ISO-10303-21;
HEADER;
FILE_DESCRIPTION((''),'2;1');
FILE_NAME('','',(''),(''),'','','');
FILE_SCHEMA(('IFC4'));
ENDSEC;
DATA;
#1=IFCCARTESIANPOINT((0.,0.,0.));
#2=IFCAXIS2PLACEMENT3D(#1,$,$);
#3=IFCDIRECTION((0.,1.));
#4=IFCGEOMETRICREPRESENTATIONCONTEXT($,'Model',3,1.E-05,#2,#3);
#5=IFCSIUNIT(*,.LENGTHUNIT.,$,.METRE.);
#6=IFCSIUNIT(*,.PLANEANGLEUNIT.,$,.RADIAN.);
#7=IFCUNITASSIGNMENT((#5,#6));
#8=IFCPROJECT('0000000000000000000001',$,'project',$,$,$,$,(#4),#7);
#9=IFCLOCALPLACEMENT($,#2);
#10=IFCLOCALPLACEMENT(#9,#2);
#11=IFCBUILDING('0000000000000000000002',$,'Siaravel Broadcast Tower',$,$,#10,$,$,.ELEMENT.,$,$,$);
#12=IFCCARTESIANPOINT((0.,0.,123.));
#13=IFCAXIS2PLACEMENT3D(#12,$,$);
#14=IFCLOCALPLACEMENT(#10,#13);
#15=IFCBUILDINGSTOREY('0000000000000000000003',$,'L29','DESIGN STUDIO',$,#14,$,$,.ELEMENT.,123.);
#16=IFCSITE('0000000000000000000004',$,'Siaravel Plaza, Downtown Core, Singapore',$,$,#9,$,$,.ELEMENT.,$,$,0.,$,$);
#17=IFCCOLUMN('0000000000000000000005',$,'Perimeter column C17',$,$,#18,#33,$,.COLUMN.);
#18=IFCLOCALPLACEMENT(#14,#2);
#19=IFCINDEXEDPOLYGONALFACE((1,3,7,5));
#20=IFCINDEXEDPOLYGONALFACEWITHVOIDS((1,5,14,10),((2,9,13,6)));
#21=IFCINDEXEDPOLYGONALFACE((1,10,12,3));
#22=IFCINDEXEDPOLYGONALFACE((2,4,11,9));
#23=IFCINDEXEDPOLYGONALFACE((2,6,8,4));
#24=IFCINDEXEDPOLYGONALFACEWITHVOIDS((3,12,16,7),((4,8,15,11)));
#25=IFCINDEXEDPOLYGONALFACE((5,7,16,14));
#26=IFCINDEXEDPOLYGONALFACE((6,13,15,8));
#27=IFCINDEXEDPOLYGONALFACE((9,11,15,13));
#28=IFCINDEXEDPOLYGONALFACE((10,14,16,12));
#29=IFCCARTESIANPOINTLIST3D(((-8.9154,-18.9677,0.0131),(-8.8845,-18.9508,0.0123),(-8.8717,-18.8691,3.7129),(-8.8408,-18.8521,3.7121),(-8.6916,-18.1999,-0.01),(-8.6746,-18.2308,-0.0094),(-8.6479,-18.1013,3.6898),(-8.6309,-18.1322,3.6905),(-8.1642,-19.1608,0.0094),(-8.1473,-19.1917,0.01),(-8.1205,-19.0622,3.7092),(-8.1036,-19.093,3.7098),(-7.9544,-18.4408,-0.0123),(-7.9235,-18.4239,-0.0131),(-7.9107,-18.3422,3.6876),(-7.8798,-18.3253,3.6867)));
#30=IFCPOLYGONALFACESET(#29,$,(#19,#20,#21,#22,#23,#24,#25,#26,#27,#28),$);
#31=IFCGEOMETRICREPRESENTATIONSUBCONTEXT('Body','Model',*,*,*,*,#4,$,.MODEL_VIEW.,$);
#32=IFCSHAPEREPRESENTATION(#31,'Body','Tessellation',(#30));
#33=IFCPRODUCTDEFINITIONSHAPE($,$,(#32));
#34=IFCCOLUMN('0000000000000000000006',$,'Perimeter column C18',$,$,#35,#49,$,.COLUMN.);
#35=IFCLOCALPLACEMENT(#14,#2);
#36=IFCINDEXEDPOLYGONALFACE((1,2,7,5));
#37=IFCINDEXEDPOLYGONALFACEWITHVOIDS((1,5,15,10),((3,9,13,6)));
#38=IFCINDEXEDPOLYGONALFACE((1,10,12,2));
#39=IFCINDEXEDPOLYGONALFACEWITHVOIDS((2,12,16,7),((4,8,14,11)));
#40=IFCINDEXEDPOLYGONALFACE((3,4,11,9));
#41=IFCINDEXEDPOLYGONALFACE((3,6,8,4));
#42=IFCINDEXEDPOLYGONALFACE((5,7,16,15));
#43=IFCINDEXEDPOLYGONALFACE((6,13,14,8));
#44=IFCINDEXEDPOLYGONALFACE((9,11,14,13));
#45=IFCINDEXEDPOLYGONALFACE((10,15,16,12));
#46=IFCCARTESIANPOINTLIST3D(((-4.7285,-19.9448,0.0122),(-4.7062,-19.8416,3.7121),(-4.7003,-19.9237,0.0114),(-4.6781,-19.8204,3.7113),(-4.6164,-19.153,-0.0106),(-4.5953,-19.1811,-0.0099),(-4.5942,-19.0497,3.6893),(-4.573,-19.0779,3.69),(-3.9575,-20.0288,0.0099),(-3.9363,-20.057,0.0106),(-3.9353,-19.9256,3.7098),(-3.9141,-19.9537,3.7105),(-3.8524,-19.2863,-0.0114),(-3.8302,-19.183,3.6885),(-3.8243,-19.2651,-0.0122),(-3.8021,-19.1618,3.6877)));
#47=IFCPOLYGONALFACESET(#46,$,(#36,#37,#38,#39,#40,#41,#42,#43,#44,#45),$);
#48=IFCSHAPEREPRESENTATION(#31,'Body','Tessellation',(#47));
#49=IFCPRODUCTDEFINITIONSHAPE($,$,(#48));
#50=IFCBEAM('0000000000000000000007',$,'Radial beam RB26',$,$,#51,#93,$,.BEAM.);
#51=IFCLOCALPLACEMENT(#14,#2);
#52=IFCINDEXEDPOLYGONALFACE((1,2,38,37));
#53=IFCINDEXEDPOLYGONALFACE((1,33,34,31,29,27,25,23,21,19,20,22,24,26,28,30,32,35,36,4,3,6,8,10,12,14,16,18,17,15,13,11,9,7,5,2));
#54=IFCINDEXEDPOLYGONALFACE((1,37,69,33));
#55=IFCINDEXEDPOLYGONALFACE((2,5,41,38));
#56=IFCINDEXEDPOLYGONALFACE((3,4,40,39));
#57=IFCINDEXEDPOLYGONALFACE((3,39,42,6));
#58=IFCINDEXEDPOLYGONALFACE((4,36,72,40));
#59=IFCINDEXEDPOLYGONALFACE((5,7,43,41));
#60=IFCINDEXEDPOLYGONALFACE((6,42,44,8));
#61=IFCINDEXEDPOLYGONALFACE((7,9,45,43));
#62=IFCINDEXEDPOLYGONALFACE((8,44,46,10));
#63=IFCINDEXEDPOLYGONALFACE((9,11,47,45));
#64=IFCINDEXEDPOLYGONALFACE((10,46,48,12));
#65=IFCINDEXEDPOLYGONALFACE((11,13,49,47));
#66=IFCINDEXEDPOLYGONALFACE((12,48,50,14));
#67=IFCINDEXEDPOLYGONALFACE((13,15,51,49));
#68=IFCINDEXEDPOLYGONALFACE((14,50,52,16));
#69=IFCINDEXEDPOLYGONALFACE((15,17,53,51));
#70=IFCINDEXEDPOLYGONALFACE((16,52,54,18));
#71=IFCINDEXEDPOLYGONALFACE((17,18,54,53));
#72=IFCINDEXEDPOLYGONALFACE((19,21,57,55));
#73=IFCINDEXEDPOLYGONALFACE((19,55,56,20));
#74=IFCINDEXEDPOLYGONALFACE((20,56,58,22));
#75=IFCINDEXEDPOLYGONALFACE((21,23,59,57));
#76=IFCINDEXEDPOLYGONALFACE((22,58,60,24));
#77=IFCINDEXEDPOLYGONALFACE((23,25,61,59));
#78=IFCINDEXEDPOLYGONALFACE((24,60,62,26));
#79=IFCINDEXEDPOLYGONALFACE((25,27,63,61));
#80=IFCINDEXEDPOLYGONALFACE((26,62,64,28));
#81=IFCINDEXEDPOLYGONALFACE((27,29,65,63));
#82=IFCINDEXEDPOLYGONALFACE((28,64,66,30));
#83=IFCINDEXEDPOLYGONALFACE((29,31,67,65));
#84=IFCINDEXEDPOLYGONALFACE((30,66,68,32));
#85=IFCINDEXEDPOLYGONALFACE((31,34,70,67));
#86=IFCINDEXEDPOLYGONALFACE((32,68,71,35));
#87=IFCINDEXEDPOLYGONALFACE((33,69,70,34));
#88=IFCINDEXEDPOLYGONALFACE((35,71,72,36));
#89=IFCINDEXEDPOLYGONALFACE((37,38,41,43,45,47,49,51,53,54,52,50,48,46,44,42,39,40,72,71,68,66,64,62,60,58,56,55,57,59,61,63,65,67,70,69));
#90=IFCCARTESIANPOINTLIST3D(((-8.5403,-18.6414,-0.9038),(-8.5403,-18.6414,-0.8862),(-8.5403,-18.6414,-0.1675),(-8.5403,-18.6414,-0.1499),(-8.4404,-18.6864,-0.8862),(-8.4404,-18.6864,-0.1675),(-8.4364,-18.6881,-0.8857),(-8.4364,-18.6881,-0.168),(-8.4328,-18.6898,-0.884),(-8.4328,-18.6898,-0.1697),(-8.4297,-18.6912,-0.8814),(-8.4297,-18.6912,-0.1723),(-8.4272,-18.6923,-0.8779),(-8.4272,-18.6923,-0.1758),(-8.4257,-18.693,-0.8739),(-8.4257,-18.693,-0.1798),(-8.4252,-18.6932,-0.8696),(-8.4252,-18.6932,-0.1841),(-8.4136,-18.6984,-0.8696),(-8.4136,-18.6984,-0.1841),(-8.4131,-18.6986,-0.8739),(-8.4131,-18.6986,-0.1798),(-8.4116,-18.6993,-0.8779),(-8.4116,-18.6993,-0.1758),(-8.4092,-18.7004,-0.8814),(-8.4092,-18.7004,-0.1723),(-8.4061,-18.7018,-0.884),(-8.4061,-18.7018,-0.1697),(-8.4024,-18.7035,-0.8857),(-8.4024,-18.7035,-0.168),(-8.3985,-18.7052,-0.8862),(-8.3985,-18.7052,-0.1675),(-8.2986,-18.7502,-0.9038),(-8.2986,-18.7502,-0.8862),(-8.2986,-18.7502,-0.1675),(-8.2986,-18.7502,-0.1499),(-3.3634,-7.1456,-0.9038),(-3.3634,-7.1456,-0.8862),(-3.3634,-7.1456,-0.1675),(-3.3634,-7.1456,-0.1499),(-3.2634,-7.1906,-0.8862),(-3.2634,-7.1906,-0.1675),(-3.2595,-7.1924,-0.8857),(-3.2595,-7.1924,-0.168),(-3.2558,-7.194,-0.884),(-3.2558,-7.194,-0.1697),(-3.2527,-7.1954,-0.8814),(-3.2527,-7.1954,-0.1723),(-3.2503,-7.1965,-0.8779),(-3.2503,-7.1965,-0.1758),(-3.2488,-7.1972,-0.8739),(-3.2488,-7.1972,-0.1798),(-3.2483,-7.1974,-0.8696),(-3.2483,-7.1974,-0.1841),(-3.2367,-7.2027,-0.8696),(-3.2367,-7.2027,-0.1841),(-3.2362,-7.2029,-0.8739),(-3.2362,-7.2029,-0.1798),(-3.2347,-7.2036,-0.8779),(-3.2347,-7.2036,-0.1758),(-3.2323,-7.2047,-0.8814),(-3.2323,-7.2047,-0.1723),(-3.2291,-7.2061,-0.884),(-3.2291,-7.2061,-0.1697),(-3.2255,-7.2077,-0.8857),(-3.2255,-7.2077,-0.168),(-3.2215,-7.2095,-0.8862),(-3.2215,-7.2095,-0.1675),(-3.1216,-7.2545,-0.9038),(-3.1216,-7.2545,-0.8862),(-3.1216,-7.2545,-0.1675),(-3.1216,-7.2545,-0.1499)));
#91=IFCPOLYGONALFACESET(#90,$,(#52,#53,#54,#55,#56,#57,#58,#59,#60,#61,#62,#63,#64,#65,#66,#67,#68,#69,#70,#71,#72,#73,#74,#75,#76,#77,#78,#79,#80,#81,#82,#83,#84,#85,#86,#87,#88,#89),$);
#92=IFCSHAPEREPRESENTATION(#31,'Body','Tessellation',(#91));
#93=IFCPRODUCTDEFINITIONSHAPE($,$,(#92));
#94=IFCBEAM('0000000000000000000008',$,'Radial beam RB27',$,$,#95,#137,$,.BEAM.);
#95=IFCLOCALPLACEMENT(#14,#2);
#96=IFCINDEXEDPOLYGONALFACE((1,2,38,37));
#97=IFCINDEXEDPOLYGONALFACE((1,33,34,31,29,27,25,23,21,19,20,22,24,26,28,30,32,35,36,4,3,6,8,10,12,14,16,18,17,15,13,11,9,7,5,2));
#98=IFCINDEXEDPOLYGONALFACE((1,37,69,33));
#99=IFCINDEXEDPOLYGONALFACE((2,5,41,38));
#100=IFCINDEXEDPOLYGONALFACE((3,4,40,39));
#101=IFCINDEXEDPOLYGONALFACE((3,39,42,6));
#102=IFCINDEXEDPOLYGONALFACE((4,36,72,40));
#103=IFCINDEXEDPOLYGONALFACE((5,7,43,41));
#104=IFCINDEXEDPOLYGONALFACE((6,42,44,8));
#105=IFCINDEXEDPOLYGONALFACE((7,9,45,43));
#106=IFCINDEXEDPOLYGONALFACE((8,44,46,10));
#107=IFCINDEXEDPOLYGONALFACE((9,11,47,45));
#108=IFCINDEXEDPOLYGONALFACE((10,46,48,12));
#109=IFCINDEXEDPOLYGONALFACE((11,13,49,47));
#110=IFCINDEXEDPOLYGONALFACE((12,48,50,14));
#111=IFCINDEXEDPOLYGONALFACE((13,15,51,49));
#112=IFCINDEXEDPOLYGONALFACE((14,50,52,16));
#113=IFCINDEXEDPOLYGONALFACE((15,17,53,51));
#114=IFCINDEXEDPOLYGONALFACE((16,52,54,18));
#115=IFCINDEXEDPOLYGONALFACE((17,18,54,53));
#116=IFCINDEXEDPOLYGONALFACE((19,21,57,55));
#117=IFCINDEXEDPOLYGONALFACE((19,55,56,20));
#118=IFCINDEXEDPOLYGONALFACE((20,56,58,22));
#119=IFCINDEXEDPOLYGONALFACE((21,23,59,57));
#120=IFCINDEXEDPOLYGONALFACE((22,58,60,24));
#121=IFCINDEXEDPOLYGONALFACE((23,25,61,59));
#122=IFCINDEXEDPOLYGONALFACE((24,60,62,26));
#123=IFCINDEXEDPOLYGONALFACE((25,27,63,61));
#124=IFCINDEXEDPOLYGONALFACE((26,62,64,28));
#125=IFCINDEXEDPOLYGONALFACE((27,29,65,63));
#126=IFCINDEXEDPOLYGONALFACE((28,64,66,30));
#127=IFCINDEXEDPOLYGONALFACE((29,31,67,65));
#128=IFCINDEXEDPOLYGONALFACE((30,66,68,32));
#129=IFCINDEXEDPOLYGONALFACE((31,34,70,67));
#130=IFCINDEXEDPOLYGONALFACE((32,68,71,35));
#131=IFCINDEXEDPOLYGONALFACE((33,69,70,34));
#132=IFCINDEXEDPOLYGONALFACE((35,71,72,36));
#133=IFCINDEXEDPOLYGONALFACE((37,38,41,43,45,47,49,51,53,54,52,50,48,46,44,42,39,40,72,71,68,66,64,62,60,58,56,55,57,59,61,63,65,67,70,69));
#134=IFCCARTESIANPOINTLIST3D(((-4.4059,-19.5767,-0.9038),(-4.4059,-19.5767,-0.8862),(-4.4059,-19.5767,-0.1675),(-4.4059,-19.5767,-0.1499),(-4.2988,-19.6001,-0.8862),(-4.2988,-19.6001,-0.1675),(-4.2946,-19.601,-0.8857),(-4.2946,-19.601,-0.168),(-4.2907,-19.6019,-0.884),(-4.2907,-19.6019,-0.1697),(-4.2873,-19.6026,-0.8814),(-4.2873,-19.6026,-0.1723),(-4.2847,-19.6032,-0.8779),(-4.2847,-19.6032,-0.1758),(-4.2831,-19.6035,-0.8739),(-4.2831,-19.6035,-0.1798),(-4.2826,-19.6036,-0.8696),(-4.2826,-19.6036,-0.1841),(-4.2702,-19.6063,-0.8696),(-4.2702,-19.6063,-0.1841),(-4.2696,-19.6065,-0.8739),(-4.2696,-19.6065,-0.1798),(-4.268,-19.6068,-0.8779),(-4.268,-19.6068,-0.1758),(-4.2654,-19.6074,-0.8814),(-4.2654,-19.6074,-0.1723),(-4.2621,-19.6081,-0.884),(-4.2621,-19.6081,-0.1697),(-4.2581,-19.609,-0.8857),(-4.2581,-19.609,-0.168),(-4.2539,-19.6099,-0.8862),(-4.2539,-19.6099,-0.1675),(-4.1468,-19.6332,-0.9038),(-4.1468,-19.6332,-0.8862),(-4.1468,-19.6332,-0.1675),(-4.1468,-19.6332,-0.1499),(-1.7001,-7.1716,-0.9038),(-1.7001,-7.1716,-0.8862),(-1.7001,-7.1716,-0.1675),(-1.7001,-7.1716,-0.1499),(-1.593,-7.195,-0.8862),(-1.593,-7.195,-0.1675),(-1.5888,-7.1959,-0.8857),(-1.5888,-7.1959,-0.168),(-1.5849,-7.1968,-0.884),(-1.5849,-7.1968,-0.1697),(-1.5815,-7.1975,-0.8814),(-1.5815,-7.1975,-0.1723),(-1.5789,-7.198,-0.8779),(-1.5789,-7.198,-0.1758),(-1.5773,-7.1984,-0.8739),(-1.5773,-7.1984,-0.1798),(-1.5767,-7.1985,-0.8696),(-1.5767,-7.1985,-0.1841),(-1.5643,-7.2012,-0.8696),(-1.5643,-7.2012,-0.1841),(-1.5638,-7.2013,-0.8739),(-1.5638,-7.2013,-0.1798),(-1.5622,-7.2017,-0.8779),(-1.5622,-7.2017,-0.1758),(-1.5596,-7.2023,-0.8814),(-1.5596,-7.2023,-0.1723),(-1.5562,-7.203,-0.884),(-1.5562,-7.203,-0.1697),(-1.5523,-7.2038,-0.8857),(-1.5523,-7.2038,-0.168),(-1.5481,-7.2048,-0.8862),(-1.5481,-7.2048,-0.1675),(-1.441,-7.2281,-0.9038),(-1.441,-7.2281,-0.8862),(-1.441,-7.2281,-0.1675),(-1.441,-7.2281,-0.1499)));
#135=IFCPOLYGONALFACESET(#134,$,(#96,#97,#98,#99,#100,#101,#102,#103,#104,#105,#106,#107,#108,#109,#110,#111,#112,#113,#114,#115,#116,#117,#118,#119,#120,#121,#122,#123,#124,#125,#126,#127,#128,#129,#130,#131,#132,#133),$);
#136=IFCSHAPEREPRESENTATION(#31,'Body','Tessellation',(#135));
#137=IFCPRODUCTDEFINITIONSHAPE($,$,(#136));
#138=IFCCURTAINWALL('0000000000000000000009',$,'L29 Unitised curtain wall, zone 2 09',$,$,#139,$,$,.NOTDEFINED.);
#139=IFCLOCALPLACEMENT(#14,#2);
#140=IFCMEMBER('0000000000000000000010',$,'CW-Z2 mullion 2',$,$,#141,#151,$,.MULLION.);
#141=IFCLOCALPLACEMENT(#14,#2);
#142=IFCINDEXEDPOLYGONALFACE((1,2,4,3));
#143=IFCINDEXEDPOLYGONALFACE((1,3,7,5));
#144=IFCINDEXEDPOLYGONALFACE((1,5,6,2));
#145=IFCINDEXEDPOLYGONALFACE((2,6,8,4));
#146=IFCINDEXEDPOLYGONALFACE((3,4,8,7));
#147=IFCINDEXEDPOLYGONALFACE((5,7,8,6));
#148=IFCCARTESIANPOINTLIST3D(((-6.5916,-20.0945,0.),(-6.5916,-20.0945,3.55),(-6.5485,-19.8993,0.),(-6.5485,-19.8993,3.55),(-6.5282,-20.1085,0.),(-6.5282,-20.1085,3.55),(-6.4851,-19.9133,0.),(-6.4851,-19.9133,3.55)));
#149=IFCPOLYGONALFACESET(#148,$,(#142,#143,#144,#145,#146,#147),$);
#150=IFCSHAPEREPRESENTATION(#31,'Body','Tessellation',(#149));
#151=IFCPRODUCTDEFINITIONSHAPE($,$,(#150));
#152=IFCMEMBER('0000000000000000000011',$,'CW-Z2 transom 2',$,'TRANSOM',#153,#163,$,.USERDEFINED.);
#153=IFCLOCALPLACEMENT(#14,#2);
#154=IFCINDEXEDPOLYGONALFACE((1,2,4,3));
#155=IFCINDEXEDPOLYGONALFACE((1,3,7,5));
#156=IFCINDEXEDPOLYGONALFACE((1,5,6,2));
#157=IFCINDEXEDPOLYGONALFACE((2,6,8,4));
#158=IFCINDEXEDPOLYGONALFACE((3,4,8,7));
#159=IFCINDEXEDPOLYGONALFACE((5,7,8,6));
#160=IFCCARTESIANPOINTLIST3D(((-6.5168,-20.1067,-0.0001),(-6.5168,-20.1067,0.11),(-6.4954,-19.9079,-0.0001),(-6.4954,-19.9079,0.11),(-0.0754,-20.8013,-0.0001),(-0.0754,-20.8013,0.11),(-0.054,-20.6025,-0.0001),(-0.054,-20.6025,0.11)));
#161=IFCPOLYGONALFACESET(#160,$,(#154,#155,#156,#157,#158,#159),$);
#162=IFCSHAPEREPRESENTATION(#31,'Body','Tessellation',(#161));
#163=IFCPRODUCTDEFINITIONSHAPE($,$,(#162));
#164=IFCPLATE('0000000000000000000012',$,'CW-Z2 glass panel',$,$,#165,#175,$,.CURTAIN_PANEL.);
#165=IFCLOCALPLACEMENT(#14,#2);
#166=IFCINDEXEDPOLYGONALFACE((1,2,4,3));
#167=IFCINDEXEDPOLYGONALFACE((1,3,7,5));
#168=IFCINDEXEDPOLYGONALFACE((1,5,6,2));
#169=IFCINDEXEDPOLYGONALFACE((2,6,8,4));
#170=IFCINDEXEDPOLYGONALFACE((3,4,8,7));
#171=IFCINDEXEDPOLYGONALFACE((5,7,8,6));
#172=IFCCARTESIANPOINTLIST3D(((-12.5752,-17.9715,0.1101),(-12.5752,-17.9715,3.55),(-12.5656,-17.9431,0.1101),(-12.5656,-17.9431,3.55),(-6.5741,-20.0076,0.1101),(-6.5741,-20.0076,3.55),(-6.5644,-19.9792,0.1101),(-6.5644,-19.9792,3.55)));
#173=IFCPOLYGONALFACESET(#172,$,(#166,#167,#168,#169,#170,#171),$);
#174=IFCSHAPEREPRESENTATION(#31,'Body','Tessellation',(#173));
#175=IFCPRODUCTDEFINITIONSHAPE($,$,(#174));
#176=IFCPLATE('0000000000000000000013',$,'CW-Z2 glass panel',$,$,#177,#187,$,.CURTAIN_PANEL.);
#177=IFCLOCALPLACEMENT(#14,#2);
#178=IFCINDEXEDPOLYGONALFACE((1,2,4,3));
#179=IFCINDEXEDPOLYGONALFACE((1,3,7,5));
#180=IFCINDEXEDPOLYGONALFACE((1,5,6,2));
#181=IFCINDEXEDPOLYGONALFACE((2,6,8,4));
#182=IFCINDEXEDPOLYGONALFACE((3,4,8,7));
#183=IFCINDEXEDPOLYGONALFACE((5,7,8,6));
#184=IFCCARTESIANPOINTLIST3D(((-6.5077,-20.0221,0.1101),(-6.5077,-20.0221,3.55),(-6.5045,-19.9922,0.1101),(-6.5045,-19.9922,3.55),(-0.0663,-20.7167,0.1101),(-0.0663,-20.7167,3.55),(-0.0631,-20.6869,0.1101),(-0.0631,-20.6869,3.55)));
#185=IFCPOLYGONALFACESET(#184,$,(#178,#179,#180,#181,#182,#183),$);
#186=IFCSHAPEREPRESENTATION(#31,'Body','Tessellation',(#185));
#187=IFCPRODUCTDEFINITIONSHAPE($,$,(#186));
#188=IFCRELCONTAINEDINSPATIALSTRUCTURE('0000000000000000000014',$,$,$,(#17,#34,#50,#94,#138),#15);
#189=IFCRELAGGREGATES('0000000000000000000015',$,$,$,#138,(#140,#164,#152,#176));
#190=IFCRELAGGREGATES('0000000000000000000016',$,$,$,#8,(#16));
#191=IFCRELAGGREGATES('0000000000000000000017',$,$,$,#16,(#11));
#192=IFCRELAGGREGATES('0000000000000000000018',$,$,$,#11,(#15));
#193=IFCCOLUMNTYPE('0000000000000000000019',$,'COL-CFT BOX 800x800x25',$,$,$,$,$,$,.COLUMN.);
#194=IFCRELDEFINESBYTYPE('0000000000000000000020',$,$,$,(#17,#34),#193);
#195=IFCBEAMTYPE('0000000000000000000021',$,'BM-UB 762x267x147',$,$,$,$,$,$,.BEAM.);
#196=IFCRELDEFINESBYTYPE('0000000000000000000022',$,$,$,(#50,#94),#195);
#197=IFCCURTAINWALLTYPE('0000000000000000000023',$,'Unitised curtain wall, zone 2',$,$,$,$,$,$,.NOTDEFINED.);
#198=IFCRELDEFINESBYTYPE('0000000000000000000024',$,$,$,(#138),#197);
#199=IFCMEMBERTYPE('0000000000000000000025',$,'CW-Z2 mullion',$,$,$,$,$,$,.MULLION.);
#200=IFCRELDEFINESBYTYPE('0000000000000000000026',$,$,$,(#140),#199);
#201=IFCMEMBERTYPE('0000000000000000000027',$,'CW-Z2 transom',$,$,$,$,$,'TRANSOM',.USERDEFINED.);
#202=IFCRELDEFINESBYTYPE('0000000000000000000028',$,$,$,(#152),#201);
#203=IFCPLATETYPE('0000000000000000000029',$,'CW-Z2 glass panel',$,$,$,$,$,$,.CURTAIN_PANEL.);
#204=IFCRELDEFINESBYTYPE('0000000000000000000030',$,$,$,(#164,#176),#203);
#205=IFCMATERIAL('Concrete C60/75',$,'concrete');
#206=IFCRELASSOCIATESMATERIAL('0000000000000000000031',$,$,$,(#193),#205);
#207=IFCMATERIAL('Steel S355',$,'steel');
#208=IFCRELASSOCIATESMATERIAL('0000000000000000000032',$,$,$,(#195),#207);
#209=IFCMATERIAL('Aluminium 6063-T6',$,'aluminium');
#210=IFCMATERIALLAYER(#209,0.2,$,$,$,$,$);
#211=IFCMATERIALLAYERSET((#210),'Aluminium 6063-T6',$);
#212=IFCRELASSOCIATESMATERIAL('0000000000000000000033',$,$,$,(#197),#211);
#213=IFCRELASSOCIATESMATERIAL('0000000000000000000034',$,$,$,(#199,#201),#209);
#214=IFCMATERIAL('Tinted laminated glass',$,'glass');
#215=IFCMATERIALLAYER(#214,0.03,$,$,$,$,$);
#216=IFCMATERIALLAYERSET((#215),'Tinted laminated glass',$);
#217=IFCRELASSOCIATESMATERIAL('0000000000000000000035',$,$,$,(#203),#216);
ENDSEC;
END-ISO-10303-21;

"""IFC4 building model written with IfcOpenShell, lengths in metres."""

from ifc_helpers import new_model, si_unit, direction, frame, origin, origin_2d, place, context, subcontext, project, spatial, rectangle, hollow_rectangle, i_section, extrude, material, layer, layer_set, material_profile, profile_set, type_object, element, aggregate, save


model = new_model("IFC4")

# Units and contexts
model_context = context("Model", 3, precision=1e-05, world=origin(), true_north=direction((0.0, 1.0)))
body_context = subcontext(model_context, "Body", "Model", "MODEL_VIEW")
ifc_project = project(units=[si_unit("LENGTHUNIT", "METRE"), si_unit("PLANEANGLEUNIT", "RADIAN")], contexts=[model_context])

# Site, building, storey
site_placement = place(None, origin())
site = spatial("IfcSite", under=ifc_project, at=site_placement, Name="Siaravel Plaza, Downtown Core, Singapore", CompositionType="ELEMENT", RefElevation=0.0)
building_placement = place(site_placement, origin())
building = spatial("IfcBuilding", under=site, at=building_placement, Name="Siaravel Broadcast Tower", CompositionType="ELEMENT")
storey_placement = place(building_placement, frame((0.0, 0.0, 123.0)))
storey = spatial("IfcBuildingStorey", under=building, at=storey_placement, Name="L29", Description="DESIGN STUDIO", CompositionType="ELEMENT", Elevation=123.0)

# Columns
ifc_material_1 = material(Name="Concrete C60/75", Category="concrete")
ifc_material_profile_1 = material_profile(ifc_material_1, hollow_rectangle(XDim=0.8, YDim=0.8, WallThickness=0.0249, at=origin_2d()))
ifc_profile_set_1 = profile_set([ifc_material_profile_1], Name="Concrete C60/75")
column_type = type_object("IfcColumnType", Name="COL-CFT BOX 800x800x25", PredefinedType="COLUMN", material=ifc_profile_set_1)
for number, where, z_axis, x_axis, name in (
    (1, (-8.4194, -18.6958, 0.0), (0.011806, 0.026647, 0.999575), (-0.960009, 0.279942, 0.003876), "Perimeter column C17"),
    (2, (-4.2764, -19.605, 0.0), (0.006002, 0.0279, 0.999593), (-0.99013, 0.140135, 0.002034), "Perimeter column C18"),
):
    element("IfcColumn", number, at=place(storey_placement, frame(where, z_axis=z_axis, x_axis=x_axis)), inside=storey, type_object=column_type, Name=name, PredefinedType="COLUMN", context=body_context, shape_type="SweptSolid", body=[
        extrude(hollow_rectangle(XDim=0.8, YDim=0.8, WallThickness=0.0249, at=origin_2d()), origin(), (0.0, 0.0, 1.0), 3.7014),
    ])

# Beams
ifc_material_2 = material(Name="Steel S355", Category="steel")
ifc_material_profile_2 = material_profile(ifc_material_2, i_section(OverallWidth=0.2651, OverallDepth=0.7539, WebThickness=0.0127, FlangeThickness=0.0176, FilletRadius=0.0166, at=origin_2d()))
ifc_profile_set_2 = profile_set([ifc_material_profile_2], Name="Steel S355")
beam_type = type_object("IfcBeamType", Name="BM-UB 762x267x147", PredefinedType="BEAM", material=ifc_profile_set_2)
beam_1_placement = place(storey_placement, frame((-8.4194, -18.6958, -0.5269), z_axis=(0.41062, 0.911807, 0.0), x_axis=(-0.911807, 0.41062, 0.0)))
element("IfcBeam", 3, at=beam_1_placement, inside=storey, type_object=beam_type, Name="Radial beam RB26", PredefinedType="BEAM", context=body_context, shape_type="SweptSolid", body=[
    extrude(i_section(OverallWidth=0.2651, OverallDepth=0.7539, WebThickness=0.0127, FlangeThickness=0.0176, FilletRadius=0.0166, at=origin_2d()), origin(), (0.0, 0.0, 1.0), 12.6077),
])
beam_2_placement = place(storey_placement, frame((-4.2764, -19.605, -0.5269), z_axis=(0.213111, 0.977028, 0.0), x_axis=(-0.977028, 0.213111, 0.0)))
element("IfcBeam", 4, at=beam_2_placement, inside=storey, type_object=beam_type, Name="Radial beam RB27", PredefinedType="BEAM", context=body_context, shape_type="SweptSolid", body=[
    extrude(i_section(OverallWidth=0.2651, OverallDepth=0.7539, WebThickness=0.0127, FlangeThickness=0.0176, FilletRadius=0.0166, at=origin_2d()), origin(), (0.0, 0.0, 1.0), 12.6968),
])

# Curtain wall, members, plates
ifc_material_3 = material(Name="Aluminium 6063-T6", Category="aluminium")
ifc_layer_1 = layer(ifc_material_3, 0.2)
ifc_layer_set_1 = layer_set([ifc_layer_1], Name="Aluminium 6063-T6")
curtain_wall_type = type_object("IfcCurtainWallType", Name="Unitised curtain wall, zone 2", PredefinedType="NOTDEFINED", material=ifc_layer_set_1)
curtain_wall_placement = place(storey_placement, origin())
curtain_wall = element("IfcCurtainWall", 5, at=curtain_wall_placement, inside=storey, type_object=curtain_wall_type, Name="L29 Unitised curtain wall, zone 2 09", PredefinedType="NOTDEFINED")
ifc_material_profile_3 = material_profile(ifc_material_3, rectangle(XDim=0.2, YDim=0.0649, at=origin_2d()))
ifc_profile_set_3 = profile_set([ifc_material_profile_3], Name="Aluminium 6063-T6")
member_type_1 = type_object("IfcMemberType", Name="CW-Z2 mullion", PredefinedType="MULLION", material=ifc_profile_set_3)
member_1_placement = place(storey_placement, frame((-6.5383, -20.0039, 0.0), z_axis=(0.0, 0.0, 1.0), x_axis=(0.215558, 0.976491, 0.0)))
member_1 = element("IfcMember", 6, at=member_1_placement, type_object=member_type_1, Name="CW-Z2 mullion 2", PredefinedType="MULLION", context=body_context, shape_type="SweptSolid", body=[
    extrude(rectangle(XDim=0.2, YDim=0.0649, at=origin_2d()), origin(), (0.0, 0.0, 1.0), 3.55),
])
ifc_material_profile_4 = material_profile(ifc_material_3, rectangle(XDim=0.2, YDim=0.1101, at=origin_2d()))
ifc_profile_set_4 = profile_set([ifc_material_profile_4], Name="Aluminium 6063-T6")
member_type_2 = type_object("IfcMemberType", Name="CW-Z2 transom", ElementType="TRANSOM", PredefinedType="USERDEFINED", material=ifc_profile_set_4)
member_2_placement = place(storey_placement, frame((-6.5061, -20.0073, 0.0549), z_axis=(0.994237, -0.107209, 0.0), x_axis=(0.107209, 0.994237, 0.0)))
member_2 = element("IfcMember", 7, at=member_2_placement, type_object=member_type_2, Name="CW-Z2 transom 2", ObjectType="TRANSOM", PredefinedType="USERDEFINED", context=body_context, shape_type="SweptSolid", body=[
    extrude(rectangle(XDim=0.2, YDim=0.1101, at=origin_2d()), origin(), (0.0, 0.0, 1.0), 6.4788),
])
ifc_material_4 = material(Name="Tinted laminated glass", Category="glass")
ifc_layer_2 = layer(ifc_material_4, 0.03)
ifc_layer_set_2 = layer_set([ifc_layer_2], Name="Tinted laminated glass")
plate_type = type_object("IfcPlateType", Name="CW-Z2 glass panel", PredefinedType="CURTAIN_PANEL", material=ifc_layer_set_2)
plate_1_placement = place(storey_placement, frame((-9.5698, -18.9753, 0.1101), z_axis=(0.0, 0.0, 1.0), x_axis=(0.946977, -0.321301, 0.0)))
plate_1 = element("IfcPlate", 8, at=plate_1_placement, type_object=plate_type, Name="CW-Z2 glass panel", PredefinedType="CURTAIN_PANEL", context=body_context, shape_type="SweptSolid", body=[
    extrude(rectangle(XDim=6.3372, YDim=0.03, at=origin_2d()), origin(), (0.0, 0.0, 1.0), 3.4399),
])
plate_2_placement = place(storey_placement, frame((-3.2854, -20.3545, 0.1101), z_axis=(0.0, 0.0, 1.0), x_axis=(0.994236, -0.107217, 0.0)))
plate_2 = element("IfcPlate", 9, at=plate_2_placement, type_object=plate_type, Name="CW-Z2 glass panel", PredefinedType="CURTAIN_PANEL", context=body_context, shape_type="SweptSolid", body=[
    extrude(rectangle(XDim=6.4788, YDim=0.03, at=origin_2d()), origin(), (0.0, 0.0, 1.0), 3.4399),
])
aggregate(curtain_wall, [member_1, plate_1, member_2, plate_2])

save(model, "model.ifc")
